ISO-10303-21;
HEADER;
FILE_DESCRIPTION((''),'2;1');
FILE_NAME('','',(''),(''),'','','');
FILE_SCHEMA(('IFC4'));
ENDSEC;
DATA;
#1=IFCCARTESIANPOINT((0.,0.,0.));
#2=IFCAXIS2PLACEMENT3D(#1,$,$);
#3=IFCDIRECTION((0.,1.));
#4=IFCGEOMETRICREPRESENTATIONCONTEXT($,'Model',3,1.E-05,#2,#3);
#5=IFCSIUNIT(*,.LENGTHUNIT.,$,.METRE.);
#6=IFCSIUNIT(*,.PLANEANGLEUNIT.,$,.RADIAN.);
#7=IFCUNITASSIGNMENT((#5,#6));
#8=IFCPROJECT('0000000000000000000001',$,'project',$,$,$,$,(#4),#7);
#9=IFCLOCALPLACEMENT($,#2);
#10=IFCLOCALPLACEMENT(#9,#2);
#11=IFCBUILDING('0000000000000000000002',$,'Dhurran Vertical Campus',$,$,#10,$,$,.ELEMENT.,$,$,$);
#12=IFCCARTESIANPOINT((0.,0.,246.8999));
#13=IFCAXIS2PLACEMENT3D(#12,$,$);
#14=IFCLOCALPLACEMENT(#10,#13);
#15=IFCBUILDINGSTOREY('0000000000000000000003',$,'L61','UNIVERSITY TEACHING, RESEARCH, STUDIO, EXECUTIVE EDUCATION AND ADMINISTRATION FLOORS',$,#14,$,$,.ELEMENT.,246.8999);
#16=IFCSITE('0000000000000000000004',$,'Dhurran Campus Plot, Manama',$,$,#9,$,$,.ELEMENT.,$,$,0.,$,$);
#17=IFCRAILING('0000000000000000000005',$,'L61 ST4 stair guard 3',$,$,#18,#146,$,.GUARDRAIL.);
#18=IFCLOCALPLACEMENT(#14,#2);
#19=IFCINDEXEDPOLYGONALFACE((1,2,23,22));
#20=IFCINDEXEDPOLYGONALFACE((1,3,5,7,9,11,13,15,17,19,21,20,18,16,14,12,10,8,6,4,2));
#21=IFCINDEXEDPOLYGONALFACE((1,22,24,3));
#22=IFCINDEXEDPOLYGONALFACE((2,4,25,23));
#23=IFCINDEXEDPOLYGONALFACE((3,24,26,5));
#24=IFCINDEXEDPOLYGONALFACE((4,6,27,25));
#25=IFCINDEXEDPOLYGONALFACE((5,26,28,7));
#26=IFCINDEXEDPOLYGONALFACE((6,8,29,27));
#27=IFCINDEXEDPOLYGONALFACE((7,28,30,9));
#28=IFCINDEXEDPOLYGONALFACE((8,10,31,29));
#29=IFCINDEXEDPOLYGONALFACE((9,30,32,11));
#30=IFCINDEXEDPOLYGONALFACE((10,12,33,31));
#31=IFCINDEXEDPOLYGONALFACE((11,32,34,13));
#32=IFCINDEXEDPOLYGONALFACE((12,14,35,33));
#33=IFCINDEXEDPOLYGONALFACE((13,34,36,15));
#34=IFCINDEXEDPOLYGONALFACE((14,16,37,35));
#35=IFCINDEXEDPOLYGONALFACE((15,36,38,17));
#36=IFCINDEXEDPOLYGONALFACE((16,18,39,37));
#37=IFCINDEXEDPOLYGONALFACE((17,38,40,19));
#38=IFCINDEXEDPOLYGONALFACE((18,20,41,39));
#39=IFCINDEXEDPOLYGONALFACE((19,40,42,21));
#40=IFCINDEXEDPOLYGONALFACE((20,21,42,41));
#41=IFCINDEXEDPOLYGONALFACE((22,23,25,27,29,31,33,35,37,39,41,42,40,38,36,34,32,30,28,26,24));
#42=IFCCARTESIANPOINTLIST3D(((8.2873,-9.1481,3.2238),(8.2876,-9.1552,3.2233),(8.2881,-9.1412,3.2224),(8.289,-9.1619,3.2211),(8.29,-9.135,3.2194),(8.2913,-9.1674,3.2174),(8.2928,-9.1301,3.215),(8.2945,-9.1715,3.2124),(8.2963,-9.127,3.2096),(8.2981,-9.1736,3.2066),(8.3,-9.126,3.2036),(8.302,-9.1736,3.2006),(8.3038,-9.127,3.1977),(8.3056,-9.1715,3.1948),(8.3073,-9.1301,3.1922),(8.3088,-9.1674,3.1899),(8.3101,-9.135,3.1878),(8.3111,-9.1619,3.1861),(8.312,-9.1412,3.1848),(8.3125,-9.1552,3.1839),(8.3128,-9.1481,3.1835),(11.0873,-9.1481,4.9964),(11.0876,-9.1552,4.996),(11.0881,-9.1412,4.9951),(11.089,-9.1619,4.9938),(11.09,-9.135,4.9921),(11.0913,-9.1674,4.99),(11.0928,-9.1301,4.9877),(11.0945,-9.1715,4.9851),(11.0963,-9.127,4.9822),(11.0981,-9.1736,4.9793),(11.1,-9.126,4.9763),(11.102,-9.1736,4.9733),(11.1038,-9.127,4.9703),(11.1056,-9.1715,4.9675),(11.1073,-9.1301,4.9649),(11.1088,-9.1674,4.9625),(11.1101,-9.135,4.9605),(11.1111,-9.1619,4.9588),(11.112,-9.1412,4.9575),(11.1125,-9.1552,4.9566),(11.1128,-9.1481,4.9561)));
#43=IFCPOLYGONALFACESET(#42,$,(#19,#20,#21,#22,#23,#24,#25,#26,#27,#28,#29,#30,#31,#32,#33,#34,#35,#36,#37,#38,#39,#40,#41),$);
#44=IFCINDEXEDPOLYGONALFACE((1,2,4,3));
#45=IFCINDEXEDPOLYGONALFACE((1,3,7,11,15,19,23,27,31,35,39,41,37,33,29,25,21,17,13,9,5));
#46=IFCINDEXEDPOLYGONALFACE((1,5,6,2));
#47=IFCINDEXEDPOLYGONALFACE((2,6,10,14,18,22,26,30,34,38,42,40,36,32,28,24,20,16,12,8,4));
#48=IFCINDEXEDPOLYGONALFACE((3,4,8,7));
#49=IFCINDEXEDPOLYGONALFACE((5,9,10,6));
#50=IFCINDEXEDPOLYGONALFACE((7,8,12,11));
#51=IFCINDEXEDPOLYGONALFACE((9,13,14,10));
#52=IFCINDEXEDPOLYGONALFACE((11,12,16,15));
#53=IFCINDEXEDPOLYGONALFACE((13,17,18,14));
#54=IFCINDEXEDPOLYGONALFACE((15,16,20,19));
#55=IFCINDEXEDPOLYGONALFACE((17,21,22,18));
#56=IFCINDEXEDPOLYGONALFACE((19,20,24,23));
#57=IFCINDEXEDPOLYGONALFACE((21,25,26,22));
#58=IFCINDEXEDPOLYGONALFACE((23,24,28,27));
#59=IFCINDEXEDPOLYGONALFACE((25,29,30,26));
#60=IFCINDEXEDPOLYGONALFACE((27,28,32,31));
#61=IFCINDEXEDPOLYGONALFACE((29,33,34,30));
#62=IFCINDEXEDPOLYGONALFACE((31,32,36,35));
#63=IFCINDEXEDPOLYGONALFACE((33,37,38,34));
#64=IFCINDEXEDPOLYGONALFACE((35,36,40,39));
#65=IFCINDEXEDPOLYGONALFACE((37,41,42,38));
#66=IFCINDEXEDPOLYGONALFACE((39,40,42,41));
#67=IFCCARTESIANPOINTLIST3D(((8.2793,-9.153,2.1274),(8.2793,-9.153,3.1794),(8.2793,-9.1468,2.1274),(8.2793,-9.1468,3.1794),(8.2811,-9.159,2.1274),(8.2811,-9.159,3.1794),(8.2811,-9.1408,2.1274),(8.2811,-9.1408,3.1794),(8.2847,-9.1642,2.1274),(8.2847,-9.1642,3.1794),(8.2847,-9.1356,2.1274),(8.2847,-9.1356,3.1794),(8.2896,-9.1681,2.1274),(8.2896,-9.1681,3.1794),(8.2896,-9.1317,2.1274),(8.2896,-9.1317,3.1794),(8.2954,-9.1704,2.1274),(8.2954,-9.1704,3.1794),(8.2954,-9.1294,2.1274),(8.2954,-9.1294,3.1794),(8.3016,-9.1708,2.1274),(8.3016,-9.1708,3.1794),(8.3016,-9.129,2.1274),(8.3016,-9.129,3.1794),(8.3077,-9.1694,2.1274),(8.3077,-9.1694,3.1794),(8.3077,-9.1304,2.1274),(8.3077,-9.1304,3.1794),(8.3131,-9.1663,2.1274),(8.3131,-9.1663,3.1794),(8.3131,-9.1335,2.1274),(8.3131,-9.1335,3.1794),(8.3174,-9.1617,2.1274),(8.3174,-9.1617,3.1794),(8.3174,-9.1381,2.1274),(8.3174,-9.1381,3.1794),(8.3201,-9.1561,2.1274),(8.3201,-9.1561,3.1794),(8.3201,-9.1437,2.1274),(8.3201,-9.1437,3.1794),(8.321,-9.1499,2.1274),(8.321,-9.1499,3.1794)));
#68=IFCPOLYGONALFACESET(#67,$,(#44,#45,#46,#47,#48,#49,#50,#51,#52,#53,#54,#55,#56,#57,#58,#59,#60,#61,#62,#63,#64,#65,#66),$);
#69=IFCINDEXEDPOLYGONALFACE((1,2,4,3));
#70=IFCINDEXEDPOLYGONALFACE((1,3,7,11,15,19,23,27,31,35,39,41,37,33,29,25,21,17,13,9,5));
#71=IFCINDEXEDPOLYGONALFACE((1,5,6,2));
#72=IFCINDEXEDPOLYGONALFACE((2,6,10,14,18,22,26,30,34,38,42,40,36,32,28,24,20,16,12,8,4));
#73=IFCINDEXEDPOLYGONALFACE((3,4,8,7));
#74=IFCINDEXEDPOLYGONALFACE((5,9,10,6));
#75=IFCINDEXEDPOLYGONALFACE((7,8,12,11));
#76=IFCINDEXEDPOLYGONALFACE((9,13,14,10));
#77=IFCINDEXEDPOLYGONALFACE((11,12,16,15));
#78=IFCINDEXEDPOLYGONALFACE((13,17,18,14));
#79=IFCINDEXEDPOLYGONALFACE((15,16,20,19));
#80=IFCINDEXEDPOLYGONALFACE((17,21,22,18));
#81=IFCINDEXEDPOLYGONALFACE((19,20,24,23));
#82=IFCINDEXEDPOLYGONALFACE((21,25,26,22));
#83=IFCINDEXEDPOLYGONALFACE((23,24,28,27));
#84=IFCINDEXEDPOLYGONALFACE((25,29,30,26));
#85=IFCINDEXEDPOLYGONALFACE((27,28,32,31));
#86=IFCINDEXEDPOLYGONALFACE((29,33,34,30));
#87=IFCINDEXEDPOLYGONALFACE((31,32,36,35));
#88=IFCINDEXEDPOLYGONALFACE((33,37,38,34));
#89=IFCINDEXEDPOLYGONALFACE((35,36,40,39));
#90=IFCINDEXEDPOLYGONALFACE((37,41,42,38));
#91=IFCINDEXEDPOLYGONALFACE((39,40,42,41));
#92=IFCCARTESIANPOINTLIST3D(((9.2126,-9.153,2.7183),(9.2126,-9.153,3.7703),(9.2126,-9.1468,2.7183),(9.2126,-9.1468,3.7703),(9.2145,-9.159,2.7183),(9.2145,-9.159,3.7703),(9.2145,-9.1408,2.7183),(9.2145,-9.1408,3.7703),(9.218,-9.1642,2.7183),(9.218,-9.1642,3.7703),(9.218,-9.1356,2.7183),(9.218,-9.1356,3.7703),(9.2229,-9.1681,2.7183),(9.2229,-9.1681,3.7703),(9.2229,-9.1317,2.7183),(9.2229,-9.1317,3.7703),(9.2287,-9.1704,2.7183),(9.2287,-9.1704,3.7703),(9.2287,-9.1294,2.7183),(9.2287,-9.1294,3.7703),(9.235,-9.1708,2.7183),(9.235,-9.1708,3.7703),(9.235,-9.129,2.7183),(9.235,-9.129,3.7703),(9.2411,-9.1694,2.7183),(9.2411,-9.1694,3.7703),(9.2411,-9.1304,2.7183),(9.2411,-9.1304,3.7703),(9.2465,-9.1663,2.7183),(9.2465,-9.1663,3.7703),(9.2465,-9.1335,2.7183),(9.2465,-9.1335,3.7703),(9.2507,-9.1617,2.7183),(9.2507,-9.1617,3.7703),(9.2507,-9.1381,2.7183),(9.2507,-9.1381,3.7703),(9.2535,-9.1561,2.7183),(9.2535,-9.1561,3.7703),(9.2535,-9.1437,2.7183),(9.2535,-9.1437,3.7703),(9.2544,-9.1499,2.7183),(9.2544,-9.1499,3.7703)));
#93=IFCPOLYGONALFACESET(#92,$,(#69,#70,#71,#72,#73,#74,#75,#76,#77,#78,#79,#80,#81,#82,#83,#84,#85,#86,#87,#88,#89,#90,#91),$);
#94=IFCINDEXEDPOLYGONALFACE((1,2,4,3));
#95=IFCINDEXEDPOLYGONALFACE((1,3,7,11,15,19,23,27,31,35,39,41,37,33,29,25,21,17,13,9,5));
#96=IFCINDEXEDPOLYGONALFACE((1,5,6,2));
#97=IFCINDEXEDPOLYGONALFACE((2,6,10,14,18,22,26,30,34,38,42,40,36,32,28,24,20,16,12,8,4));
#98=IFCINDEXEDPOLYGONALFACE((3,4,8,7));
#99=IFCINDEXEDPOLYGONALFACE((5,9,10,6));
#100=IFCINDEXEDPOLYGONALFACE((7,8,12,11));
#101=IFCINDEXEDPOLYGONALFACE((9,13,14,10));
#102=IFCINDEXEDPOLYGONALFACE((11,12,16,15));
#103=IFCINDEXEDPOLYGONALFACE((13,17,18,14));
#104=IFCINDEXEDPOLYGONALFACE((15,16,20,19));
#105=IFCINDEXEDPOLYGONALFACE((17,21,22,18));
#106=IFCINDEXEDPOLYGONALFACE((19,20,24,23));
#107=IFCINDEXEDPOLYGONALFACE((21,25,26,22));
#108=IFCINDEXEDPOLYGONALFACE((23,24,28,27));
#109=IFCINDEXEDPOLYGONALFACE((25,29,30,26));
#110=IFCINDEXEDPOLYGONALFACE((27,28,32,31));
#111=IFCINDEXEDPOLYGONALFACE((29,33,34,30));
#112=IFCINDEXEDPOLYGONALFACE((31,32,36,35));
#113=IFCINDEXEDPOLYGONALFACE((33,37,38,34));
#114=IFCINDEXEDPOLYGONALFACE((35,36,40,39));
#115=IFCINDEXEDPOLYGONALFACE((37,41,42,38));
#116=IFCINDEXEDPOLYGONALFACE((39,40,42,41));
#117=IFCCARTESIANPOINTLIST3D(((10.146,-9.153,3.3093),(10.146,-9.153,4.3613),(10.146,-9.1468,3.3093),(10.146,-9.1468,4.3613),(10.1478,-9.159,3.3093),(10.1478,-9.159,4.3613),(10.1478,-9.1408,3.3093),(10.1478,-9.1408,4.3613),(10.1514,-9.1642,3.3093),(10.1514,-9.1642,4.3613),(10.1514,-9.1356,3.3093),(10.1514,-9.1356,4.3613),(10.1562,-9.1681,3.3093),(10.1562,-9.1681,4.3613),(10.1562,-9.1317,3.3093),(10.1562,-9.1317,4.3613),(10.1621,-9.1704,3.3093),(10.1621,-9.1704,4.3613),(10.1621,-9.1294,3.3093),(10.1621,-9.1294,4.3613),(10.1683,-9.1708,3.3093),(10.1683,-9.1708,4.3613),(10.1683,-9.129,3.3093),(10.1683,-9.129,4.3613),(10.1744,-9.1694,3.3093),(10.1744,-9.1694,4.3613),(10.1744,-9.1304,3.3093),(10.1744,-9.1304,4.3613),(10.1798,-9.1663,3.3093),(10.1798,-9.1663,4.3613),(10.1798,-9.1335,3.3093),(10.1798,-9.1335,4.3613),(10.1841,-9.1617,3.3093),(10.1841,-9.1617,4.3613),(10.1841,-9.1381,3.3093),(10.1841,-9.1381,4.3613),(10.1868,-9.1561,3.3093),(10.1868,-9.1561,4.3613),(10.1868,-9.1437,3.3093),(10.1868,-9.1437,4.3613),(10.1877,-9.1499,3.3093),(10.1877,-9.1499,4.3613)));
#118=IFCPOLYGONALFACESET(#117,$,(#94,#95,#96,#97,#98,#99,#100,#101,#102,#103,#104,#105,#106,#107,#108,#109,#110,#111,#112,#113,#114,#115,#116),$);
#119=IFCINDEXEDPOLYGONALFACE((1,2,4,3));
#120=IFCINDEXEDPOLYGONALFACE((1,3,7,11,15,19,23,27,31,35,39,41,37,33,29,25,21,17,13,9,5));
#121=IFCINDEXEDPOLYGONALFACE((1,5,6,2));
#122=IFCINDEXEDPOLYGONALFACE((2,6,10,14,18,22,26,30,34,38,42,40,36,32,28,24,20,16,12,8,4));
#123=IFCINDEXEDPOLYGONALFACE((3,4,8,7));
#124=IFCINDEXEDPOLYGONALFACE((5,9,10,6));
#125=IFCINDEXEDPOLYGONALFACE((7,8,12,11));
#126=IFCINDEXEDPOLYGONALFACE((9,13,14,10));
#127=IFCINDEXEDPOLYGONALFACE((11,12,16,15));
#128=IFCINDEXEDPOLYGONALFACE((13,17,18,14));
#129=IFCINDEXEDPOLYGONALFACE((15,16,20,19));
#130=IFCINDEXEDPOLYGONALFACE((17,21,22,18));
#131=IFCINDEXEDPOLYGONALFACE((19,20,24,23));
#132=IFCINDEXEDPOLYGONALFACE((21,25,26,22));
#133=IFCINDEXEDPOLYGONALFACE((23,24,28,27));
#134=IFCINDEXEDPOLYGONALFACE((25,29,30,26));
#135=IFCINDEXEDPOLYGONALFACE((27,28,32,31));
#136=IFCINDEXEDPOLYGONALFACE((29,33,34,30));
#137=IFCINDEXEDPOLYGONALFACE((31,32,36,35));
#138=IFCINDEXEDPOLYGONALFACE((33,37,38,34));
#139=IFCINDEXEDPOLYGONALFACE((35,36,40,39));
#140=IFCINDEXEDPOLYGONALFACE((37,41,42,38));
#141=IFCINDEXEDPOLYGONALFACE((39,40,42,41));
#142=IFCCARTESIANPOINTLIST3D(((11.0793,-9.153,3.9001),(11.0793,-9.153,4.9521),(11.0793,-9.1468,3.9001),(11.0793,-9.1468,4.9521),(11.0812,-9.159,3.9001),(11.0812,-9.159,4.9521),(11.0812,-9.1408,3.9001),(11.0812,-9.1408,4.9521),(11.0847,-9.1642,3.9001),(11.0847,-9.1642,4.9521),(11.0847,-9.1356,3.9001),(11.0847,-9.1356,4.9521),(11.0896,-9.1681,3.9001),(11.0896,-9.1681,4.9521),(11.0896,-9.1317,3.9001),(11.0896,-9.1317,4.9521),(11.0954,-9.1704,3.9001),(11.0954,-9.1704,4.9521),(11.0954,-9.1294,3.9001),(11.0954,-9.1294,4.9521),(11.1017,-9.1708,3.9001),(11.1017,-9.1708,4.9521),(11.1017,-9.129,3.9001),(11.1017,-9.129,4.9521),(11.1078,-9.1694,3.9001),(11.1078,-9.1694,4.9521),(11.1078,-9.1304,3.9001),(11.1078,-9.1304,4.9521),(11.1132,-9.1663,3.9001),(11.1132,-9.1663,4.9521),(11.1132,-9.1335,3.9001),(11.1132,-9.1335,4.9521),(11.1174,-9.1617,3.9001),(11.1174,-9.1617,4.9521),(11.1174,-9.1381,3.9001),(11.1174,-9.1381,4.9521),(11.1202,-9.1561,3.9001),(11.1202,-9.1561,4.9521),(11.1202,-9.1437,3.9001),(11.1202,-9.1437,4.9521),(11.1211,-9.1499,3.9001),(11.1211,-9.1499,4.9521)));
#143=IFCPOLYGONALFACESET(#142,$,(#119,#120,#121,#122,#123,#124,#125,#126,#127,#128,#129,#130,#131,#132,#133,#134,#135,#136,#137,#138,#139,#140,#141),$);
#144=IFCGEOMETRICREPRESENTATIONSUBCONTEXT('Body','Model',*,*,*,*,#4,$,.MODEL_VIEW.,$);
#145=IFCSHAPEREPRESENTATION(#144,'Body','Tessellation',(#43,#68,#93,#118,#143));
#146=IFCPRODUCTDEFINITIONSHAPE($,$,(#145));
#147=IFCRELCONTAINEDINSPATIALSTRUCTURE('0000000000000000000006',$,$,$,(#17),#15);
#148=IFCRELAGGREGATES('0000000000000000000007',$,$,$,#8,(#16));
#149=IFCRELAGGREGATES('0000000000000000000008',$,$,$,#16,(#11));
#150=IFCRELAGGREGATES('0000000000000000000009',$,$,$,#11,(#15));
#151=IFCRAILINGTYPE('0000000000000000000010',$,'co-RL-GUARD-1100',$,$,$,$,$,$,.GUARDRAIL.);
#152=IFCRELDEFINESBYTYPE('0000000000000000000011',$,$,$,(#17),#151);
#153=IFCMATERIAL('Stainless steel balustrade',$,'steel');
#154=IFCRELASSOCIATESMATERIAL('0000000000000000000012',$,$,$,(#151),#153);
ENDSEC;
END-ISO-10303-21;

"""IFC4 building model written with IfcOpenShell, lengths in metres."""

from ifc_helpers import new_model, si_unit, direction, frame, origin, origin_2d, place, context, subcontext, project, spatial, circle, extrude, material, type_object, element, save


model = new_model("IFC4")

# Units and contexts
model_context = context("Model", 3, precision=1e-05, world=origin(), true_north=direction((0.0, 1.0)))
body_context = subcontext(model_context, "Body", "Model", "MODEL_VIEW")
ifc_project = project(units=[si_unit("LENGTHUNIT", "METRE"), si_unit("PLANEANGLEUNIT", "RADIAN")], contexts=[model_context])

# Site, building, storey
site_placement = place(None, origin())
site = spatial("IfcSite", under=ifc_project, at=site_placement, Name="Dhurran Campus Plot, Manama", CompositionType="ELEMENT", RefElevation=0.0)
building_placement = place(site_placement, origin())
building = spatial("IfcBuilding", under=site, at=building_placement, Name="Dhurran Vertical Campus", CompositionType="ELEMENT")
storey_placement = place(building_placement, frame((0.0, 0.0, 246.8999)))
storey = spatial("IfcBuildingStorey", under=building, at=storey_placement, Name="L61", Description="UNIVERSITY TEACHING, RESEARCH, STUDIO, EXECUTIVE EDUCATION AND ADMINISTRATION FLOORS", CompositionType="ELEMENT", Elevation=246.8999)

# Railing
ifc_material_1 = material(Name="Stainless steel balustrade", Category="steel")
railing_type_1 = type_object("IfcRailingType", Name="co-RL-GUARD-1100", PredefinedType="GUARDRAIL", material=ifc_material_1)
railing_1_placement = place(storey_placement, frame((8.3, -9.1499, 2.1274)))
element("IfcRailing", 1, at=railing_1_placement, inside=storey, type_object=railing_type_1, Name="L61 ST4 stair guard 3", PredefinedType="GUARDRAIL", context=body_context, shape_type="SweptSolid", body=[
    extrude(circle(Radius=0.0239, at=origin_2d()), frame((0.0, 0.0, 1.0762), z_axis=(0.844909, 0.0, 0.53491), x_axis=(0.0, 1.0, 0.0)), (0.0, 0.0, 1.0), 3.314),
    extrude(circle(Radius=0.021, at=origin_2d()), origin(), (0.0, 0.0, 1.0), 1.052),
    extrude(circle(Radius=0.021, at=origin_2d()), frame((0.9333, 0.0, 0.5908)), (0.0, 0.0, 1.0), 1.052),
    extrude(circle(Radius=0.021, at=origin_2d()), frame((1.8667, 0.0, 1.1819)), (0.0, 0.0, 1.0), 1.052),
    extrude(circle(Radius=0.021, at=origin_2d()), frame((2.8, 0.0, 1.7727)), (0.0, 0.0, 1.0), 1.052),
])

save(model, "model.ifc")
